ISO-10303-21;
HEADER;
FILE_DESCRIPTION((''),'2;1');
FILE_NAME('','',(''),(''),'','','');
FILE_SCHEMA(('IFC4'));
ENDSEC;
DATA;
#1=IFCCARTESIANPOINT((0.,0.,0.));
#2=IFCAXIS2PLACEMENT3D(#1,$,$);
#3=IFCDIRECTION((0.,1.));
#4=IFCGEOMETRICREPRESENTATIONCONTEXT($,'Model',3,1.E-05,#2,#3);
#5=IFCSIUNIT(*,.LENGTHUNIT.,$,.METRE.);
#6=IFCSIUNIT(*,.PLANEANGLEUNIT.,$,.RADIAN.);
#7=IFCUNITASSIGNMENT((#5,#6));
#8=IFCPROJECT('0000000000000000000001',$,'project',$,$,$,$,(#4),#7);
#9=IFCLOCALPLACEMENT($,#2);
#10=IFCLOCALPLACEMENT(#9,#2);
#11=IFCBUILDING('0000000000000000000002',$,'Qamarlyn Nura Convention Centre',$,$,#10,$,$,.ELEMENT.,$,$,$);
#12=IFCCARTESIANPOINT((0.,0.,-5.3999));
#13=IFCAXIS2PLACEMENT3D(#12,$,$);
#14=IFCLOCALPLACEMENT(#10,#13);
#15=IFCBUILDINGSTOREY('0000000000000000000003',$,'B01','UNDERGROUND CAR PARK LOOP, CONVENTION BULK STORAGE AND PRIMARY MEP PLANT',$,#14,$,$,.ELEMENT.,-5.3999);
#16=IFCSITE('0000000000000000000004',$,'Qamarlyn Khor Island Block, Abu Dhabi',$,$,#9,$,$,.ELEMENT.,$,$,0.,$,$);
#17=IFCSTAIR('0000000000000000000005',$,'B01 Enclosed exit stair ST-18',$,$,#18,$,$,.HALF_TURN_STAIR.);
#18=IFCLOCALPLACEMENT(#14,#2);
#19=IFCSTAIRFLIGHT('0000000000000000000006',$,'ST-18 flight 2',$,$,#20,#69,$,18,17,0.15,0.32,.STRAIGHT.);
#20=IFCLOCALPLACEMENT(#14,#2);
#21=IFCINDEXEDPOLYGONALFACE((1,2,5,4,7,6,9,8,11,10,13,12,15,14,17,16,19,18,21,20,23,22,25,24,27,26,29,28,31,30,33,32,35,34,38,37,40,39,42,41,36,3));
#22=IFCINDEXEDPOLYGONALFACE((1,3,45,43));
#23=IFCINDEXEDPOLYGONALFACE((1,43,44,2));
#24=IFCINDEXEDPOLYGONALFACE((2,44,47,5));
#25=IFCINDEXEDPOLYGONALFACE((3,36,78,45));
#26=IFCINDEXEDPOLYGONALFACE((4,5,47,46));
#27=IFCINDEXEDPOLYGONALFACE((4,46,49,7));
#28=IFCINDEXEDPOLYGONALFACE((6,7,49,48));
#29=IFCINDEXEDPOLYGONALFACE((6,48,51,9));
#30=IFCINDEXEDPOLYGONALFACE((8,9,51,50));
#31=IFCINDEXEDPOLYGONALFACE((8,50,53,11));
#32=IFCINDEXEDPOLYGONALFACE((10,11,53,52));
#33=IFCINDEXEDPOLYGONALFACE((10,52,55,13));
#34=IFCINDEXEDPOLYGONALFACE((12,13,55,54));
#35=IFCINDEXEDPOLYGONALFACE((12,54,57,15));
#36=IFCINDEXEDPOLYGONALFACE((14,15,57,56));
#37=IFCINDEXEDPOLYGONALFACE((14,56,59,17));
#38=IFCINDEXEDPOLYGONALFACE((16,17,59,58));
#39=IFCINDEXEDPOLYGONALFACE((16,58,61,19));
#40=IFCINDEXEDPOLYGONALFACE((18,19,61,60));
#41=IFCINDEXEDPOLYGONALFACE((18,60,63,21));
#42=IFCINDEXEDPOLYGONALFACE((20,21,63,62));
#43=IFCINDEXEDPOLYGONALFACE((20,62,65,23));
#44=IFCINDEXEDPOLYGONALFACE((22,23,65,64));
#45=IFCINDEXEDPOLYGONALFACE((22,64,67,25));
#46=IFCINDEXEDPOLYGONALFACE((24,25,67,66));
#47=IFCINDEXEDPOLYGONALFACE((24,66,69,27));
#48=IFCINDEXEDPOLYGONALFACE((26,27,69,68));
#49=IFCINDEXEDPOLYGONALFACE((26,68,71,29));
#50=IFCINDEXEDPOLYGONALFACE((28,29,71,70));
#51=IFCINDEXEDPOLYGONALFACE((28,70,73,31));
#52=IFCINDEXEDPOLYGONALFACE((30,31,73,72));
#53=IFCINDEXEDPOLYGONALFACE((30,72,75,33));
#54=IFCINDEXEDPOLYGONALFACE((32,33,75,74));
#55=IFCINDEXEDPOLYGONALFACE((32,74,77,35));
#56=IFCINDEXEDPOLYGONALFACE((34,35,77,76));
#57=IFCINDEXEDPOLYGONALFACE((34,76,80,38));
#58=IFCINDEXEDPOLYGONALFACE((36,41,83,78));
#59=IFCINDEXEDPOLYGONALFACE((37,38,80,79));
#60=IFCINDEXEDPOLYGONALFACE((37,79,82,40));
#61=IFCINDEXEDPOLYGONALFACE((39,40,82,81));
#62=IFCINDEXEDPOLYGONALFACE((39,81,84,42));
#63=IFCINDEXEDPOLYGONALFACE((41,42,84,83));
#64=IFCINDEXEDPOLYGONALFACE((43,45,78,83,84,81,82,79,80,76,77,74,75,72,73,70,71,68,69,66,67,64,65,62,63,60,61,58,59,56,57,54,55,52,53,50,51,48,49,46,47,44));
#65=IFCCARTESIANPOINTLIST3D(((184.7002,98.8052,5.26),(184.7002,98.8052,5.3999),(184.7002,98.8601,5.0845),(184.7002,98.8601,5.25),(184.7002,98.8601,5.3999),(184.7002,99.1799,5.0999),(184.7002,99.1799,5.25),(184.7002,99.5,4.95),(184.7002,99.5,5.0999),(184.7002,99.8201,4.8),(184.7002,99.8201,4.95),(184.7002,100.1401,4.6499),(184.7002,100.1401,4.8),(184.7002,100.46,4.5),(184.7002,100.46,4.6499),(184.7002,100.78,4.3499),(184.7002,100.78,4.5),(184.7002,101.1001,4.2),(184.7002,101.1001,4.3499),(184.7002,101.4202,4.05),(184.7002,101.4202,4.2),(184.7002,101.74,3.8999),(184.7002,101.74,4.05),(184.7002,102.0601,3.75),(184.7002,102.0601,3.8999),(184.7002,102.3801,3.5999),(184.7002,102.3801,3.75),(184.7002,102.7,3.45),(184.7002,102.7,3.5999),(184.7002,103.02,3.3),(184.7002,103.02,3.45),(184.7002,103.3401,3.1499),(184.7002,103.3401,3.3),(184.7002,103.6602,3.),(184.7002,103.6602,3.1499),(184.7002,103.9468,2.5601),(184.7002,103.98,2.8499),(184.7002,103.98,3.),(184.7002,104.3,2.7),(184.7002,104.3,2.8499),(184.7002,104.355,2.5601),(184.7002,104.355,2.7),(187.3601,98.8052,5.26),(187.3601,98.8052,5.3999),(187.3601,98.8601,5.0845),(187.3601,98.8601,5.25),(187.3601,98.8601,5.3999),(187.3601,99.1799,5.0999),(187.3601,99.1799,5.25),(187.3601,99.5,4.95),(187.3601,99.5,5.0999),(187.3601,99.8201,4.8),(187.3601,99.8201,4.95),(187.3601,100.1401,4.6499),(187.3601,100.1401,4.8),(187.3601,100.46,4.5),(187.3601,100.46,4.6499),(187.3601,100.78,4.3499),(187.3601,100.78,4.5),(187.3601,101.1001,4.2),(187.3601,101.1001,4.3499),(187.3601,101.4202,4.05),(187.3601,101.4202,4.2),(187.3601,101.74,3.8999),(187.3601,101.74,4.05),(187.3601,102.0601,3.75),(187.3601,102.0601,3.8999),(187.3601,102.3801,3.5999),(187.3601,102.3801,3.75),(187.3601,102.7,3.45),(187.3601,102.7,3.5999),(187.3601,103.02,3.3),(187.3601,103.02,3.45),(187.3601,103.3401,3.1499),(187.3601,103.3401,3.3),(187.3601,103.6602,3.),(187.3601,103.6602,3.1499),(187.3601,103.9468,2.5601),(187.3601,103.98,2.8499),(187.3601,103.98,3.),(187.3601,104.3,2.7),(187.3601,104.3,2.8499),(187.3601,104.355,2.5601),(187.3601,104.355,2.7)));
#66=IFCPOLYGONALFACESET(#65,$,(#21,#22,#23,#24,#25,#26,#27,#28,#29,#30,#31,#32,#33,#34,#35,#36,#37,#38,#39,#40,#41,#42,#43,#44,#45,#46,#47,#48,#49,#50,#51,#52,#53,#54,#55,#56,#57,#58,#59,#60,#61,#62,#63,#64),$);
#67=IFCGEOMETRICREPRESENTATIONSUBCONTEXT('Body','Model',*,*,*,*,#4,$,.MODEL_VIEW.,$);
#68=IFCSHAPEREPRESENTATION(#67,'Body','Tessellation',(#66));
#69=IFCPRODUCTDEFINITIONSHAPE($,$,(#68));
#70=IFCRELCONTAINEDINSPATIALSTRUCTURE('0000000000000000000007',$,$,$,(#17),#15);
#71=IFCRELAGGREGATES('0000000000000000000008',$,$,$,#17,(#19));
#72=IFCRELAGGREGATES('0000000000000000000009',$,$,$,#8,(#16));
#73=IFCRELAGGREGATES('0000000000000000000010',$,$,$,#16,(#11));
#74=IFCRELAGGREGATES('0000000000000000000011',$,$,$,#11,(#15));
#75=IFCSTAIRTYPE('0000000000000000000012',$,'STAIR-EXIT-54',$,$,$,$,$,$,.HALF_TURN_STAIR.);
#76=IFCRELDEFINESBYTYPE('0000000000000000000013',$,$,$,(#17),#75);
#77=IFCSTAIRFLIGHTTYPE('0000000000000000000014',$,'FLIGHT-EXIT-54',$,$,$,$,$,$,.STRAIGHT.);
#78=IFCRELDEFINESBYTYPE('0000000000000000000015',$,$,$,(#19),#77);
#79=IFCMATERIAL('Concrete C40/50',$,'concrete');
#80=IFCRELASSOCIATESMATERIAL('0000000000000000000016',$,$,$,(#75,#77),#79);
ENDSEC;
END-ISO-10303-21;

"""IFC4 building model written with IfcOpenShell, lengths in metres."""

from ifc_helpers import new_model, si_unit, direction, frame, origin, place, context, subcontext, project, spatial, polyline, outline, extrude, material, type_object, element, aggregate, save


model = new_model("IFC4")

# Units and contexts
model_context = context("Model", 3, precision=1e-05, world=origin(), true_north=direction((0.0, 1.0)))
body_context = subcontext(model_context, "Body", "Model", "MODEL_VIEW")
ifc_project = project(units=[si_unit("LENGTHUNIT", "METRE"), si_unit("PLANEANGLEUNIT", "RADIAN")], contexts=[model_context])

# Site, building, storey
site_placement = place(None, origin())
site = spatial("IfcSite", under=ifc_project, at=site_placement, Name="Qamarlyn Khor Island Block, Abu Dhabi", CompositionType="ELEMENT", RefElevation=0.0)
building_placement = place(site_placement, origin())
building = spatial("IfcBuilding", under=site, at=building_placement, Name="Qamarlyn Nura Convention Centre", CompositionType="ELEMENT")
storey_placement = place(building_placement, frame((0.0, 0.0, -5.3999)))
storey = spatial("IfcBuildingStorey", under=building, at=storey_placement, Name="B01", Description="UNDERGROUND CAR PARK LOOP, CONVENTION BULK STORAGE AND PRIMARY MEP PLANT", CompositionType="ELEMENT", Elevation=-5.3999)

# Shared definitions
ifc_material_1 = material(Name="Concrete C40/50", Category="concrete")

# Stair, stair flight
stair_type = type_object("IfcStairType", Name="STAIR-EXIT-54", PredefinedType="HALF_TURN_STAIR", material=ifc_material_1)
stair_placement = place(storey_placement, origin())
stair = element("IfcStair", 1, at=stair_placement, inside=storey, type_object=stair_type, Name="B01 Enclosed exit stair ST-18", PredefinedType="HALF_TURN_STAIR")
stair_flight_type = type_object("IfcStairFlightType", Name="FLIGHT-EXIT-54", PredefinedType="STRAIGHT", material=ifc_material_1)
stair_flight_1_placement = place(storey_placement, frame((186.03, 104.3, 2.7), z_axis=(0.0, 0.0, 1.0), x_axis=(0.0, -1.0, 0.0)))
stair_flight_1 = element("IfcStairFlight", 2, at=stair_flight_1_placement, type_object=stair_flight_type, Name="ST-18 flight 2", NumberOfRisers=18, NumberOfTreads=17, PredefinedType="STRAIGHT", RiserHeight=0.15, TreadLength=0.32, context=body_context, shape_type="SweptSolid", body=[
    extrude(outline(polyline([(-0.0549, 0.0), (0.0, 0.0), (0.0, 0.1499), (0.3201, 0.1499), (0.3201, 0.3), (0.6399, 0.3), (0.6399, 0.45), (0.96, 0.45), (0.96, 0.6001), (1.28, 0.6001), (1.28, 0.75), (1.6001, 0.75), (1.6001, 0.8999), (1.9199, 0.8999), (1.9199, 1.05), (2.24, 1.05), (2.24, 1.2), (2.5601, 1.2), (2.5601, 1.3501), (2.8799, 1.3501), (2.8799, 1.5), (3.2, 1.5), (3.2, 1.6499), (3.52, 1.6499), (3.52, 1.8), (3.8401, 1.8), (3.8401, 1.95), (4.1599, 1.95), (4.1599, 2.1001), (4.48, 2.1001), (4.48, 2.25), (4.8, 2.25), (4.8, 2.3999), (5.1201, 2.3999), (5.1201, 2.55), (5.4399, 2.55), (5.4399, 2.7), (5.4949, 2.7), (5.4949, 2.5601), (5.4399, 2.3845), (0.3533, -0.1399), (-0.0549, -0.1399), (-0.0549, 0.0)])), frame((0.0, 1.3301, 0.0), z_axis=(0.0, -1.0, 0.0), x_axis=(1.0, 0.0, 0.0)), (0.0, 0.0, 1.0), 2.6599),
])
aggregate(stair, [stair_flight_1])

save(model, "model.ifc")
